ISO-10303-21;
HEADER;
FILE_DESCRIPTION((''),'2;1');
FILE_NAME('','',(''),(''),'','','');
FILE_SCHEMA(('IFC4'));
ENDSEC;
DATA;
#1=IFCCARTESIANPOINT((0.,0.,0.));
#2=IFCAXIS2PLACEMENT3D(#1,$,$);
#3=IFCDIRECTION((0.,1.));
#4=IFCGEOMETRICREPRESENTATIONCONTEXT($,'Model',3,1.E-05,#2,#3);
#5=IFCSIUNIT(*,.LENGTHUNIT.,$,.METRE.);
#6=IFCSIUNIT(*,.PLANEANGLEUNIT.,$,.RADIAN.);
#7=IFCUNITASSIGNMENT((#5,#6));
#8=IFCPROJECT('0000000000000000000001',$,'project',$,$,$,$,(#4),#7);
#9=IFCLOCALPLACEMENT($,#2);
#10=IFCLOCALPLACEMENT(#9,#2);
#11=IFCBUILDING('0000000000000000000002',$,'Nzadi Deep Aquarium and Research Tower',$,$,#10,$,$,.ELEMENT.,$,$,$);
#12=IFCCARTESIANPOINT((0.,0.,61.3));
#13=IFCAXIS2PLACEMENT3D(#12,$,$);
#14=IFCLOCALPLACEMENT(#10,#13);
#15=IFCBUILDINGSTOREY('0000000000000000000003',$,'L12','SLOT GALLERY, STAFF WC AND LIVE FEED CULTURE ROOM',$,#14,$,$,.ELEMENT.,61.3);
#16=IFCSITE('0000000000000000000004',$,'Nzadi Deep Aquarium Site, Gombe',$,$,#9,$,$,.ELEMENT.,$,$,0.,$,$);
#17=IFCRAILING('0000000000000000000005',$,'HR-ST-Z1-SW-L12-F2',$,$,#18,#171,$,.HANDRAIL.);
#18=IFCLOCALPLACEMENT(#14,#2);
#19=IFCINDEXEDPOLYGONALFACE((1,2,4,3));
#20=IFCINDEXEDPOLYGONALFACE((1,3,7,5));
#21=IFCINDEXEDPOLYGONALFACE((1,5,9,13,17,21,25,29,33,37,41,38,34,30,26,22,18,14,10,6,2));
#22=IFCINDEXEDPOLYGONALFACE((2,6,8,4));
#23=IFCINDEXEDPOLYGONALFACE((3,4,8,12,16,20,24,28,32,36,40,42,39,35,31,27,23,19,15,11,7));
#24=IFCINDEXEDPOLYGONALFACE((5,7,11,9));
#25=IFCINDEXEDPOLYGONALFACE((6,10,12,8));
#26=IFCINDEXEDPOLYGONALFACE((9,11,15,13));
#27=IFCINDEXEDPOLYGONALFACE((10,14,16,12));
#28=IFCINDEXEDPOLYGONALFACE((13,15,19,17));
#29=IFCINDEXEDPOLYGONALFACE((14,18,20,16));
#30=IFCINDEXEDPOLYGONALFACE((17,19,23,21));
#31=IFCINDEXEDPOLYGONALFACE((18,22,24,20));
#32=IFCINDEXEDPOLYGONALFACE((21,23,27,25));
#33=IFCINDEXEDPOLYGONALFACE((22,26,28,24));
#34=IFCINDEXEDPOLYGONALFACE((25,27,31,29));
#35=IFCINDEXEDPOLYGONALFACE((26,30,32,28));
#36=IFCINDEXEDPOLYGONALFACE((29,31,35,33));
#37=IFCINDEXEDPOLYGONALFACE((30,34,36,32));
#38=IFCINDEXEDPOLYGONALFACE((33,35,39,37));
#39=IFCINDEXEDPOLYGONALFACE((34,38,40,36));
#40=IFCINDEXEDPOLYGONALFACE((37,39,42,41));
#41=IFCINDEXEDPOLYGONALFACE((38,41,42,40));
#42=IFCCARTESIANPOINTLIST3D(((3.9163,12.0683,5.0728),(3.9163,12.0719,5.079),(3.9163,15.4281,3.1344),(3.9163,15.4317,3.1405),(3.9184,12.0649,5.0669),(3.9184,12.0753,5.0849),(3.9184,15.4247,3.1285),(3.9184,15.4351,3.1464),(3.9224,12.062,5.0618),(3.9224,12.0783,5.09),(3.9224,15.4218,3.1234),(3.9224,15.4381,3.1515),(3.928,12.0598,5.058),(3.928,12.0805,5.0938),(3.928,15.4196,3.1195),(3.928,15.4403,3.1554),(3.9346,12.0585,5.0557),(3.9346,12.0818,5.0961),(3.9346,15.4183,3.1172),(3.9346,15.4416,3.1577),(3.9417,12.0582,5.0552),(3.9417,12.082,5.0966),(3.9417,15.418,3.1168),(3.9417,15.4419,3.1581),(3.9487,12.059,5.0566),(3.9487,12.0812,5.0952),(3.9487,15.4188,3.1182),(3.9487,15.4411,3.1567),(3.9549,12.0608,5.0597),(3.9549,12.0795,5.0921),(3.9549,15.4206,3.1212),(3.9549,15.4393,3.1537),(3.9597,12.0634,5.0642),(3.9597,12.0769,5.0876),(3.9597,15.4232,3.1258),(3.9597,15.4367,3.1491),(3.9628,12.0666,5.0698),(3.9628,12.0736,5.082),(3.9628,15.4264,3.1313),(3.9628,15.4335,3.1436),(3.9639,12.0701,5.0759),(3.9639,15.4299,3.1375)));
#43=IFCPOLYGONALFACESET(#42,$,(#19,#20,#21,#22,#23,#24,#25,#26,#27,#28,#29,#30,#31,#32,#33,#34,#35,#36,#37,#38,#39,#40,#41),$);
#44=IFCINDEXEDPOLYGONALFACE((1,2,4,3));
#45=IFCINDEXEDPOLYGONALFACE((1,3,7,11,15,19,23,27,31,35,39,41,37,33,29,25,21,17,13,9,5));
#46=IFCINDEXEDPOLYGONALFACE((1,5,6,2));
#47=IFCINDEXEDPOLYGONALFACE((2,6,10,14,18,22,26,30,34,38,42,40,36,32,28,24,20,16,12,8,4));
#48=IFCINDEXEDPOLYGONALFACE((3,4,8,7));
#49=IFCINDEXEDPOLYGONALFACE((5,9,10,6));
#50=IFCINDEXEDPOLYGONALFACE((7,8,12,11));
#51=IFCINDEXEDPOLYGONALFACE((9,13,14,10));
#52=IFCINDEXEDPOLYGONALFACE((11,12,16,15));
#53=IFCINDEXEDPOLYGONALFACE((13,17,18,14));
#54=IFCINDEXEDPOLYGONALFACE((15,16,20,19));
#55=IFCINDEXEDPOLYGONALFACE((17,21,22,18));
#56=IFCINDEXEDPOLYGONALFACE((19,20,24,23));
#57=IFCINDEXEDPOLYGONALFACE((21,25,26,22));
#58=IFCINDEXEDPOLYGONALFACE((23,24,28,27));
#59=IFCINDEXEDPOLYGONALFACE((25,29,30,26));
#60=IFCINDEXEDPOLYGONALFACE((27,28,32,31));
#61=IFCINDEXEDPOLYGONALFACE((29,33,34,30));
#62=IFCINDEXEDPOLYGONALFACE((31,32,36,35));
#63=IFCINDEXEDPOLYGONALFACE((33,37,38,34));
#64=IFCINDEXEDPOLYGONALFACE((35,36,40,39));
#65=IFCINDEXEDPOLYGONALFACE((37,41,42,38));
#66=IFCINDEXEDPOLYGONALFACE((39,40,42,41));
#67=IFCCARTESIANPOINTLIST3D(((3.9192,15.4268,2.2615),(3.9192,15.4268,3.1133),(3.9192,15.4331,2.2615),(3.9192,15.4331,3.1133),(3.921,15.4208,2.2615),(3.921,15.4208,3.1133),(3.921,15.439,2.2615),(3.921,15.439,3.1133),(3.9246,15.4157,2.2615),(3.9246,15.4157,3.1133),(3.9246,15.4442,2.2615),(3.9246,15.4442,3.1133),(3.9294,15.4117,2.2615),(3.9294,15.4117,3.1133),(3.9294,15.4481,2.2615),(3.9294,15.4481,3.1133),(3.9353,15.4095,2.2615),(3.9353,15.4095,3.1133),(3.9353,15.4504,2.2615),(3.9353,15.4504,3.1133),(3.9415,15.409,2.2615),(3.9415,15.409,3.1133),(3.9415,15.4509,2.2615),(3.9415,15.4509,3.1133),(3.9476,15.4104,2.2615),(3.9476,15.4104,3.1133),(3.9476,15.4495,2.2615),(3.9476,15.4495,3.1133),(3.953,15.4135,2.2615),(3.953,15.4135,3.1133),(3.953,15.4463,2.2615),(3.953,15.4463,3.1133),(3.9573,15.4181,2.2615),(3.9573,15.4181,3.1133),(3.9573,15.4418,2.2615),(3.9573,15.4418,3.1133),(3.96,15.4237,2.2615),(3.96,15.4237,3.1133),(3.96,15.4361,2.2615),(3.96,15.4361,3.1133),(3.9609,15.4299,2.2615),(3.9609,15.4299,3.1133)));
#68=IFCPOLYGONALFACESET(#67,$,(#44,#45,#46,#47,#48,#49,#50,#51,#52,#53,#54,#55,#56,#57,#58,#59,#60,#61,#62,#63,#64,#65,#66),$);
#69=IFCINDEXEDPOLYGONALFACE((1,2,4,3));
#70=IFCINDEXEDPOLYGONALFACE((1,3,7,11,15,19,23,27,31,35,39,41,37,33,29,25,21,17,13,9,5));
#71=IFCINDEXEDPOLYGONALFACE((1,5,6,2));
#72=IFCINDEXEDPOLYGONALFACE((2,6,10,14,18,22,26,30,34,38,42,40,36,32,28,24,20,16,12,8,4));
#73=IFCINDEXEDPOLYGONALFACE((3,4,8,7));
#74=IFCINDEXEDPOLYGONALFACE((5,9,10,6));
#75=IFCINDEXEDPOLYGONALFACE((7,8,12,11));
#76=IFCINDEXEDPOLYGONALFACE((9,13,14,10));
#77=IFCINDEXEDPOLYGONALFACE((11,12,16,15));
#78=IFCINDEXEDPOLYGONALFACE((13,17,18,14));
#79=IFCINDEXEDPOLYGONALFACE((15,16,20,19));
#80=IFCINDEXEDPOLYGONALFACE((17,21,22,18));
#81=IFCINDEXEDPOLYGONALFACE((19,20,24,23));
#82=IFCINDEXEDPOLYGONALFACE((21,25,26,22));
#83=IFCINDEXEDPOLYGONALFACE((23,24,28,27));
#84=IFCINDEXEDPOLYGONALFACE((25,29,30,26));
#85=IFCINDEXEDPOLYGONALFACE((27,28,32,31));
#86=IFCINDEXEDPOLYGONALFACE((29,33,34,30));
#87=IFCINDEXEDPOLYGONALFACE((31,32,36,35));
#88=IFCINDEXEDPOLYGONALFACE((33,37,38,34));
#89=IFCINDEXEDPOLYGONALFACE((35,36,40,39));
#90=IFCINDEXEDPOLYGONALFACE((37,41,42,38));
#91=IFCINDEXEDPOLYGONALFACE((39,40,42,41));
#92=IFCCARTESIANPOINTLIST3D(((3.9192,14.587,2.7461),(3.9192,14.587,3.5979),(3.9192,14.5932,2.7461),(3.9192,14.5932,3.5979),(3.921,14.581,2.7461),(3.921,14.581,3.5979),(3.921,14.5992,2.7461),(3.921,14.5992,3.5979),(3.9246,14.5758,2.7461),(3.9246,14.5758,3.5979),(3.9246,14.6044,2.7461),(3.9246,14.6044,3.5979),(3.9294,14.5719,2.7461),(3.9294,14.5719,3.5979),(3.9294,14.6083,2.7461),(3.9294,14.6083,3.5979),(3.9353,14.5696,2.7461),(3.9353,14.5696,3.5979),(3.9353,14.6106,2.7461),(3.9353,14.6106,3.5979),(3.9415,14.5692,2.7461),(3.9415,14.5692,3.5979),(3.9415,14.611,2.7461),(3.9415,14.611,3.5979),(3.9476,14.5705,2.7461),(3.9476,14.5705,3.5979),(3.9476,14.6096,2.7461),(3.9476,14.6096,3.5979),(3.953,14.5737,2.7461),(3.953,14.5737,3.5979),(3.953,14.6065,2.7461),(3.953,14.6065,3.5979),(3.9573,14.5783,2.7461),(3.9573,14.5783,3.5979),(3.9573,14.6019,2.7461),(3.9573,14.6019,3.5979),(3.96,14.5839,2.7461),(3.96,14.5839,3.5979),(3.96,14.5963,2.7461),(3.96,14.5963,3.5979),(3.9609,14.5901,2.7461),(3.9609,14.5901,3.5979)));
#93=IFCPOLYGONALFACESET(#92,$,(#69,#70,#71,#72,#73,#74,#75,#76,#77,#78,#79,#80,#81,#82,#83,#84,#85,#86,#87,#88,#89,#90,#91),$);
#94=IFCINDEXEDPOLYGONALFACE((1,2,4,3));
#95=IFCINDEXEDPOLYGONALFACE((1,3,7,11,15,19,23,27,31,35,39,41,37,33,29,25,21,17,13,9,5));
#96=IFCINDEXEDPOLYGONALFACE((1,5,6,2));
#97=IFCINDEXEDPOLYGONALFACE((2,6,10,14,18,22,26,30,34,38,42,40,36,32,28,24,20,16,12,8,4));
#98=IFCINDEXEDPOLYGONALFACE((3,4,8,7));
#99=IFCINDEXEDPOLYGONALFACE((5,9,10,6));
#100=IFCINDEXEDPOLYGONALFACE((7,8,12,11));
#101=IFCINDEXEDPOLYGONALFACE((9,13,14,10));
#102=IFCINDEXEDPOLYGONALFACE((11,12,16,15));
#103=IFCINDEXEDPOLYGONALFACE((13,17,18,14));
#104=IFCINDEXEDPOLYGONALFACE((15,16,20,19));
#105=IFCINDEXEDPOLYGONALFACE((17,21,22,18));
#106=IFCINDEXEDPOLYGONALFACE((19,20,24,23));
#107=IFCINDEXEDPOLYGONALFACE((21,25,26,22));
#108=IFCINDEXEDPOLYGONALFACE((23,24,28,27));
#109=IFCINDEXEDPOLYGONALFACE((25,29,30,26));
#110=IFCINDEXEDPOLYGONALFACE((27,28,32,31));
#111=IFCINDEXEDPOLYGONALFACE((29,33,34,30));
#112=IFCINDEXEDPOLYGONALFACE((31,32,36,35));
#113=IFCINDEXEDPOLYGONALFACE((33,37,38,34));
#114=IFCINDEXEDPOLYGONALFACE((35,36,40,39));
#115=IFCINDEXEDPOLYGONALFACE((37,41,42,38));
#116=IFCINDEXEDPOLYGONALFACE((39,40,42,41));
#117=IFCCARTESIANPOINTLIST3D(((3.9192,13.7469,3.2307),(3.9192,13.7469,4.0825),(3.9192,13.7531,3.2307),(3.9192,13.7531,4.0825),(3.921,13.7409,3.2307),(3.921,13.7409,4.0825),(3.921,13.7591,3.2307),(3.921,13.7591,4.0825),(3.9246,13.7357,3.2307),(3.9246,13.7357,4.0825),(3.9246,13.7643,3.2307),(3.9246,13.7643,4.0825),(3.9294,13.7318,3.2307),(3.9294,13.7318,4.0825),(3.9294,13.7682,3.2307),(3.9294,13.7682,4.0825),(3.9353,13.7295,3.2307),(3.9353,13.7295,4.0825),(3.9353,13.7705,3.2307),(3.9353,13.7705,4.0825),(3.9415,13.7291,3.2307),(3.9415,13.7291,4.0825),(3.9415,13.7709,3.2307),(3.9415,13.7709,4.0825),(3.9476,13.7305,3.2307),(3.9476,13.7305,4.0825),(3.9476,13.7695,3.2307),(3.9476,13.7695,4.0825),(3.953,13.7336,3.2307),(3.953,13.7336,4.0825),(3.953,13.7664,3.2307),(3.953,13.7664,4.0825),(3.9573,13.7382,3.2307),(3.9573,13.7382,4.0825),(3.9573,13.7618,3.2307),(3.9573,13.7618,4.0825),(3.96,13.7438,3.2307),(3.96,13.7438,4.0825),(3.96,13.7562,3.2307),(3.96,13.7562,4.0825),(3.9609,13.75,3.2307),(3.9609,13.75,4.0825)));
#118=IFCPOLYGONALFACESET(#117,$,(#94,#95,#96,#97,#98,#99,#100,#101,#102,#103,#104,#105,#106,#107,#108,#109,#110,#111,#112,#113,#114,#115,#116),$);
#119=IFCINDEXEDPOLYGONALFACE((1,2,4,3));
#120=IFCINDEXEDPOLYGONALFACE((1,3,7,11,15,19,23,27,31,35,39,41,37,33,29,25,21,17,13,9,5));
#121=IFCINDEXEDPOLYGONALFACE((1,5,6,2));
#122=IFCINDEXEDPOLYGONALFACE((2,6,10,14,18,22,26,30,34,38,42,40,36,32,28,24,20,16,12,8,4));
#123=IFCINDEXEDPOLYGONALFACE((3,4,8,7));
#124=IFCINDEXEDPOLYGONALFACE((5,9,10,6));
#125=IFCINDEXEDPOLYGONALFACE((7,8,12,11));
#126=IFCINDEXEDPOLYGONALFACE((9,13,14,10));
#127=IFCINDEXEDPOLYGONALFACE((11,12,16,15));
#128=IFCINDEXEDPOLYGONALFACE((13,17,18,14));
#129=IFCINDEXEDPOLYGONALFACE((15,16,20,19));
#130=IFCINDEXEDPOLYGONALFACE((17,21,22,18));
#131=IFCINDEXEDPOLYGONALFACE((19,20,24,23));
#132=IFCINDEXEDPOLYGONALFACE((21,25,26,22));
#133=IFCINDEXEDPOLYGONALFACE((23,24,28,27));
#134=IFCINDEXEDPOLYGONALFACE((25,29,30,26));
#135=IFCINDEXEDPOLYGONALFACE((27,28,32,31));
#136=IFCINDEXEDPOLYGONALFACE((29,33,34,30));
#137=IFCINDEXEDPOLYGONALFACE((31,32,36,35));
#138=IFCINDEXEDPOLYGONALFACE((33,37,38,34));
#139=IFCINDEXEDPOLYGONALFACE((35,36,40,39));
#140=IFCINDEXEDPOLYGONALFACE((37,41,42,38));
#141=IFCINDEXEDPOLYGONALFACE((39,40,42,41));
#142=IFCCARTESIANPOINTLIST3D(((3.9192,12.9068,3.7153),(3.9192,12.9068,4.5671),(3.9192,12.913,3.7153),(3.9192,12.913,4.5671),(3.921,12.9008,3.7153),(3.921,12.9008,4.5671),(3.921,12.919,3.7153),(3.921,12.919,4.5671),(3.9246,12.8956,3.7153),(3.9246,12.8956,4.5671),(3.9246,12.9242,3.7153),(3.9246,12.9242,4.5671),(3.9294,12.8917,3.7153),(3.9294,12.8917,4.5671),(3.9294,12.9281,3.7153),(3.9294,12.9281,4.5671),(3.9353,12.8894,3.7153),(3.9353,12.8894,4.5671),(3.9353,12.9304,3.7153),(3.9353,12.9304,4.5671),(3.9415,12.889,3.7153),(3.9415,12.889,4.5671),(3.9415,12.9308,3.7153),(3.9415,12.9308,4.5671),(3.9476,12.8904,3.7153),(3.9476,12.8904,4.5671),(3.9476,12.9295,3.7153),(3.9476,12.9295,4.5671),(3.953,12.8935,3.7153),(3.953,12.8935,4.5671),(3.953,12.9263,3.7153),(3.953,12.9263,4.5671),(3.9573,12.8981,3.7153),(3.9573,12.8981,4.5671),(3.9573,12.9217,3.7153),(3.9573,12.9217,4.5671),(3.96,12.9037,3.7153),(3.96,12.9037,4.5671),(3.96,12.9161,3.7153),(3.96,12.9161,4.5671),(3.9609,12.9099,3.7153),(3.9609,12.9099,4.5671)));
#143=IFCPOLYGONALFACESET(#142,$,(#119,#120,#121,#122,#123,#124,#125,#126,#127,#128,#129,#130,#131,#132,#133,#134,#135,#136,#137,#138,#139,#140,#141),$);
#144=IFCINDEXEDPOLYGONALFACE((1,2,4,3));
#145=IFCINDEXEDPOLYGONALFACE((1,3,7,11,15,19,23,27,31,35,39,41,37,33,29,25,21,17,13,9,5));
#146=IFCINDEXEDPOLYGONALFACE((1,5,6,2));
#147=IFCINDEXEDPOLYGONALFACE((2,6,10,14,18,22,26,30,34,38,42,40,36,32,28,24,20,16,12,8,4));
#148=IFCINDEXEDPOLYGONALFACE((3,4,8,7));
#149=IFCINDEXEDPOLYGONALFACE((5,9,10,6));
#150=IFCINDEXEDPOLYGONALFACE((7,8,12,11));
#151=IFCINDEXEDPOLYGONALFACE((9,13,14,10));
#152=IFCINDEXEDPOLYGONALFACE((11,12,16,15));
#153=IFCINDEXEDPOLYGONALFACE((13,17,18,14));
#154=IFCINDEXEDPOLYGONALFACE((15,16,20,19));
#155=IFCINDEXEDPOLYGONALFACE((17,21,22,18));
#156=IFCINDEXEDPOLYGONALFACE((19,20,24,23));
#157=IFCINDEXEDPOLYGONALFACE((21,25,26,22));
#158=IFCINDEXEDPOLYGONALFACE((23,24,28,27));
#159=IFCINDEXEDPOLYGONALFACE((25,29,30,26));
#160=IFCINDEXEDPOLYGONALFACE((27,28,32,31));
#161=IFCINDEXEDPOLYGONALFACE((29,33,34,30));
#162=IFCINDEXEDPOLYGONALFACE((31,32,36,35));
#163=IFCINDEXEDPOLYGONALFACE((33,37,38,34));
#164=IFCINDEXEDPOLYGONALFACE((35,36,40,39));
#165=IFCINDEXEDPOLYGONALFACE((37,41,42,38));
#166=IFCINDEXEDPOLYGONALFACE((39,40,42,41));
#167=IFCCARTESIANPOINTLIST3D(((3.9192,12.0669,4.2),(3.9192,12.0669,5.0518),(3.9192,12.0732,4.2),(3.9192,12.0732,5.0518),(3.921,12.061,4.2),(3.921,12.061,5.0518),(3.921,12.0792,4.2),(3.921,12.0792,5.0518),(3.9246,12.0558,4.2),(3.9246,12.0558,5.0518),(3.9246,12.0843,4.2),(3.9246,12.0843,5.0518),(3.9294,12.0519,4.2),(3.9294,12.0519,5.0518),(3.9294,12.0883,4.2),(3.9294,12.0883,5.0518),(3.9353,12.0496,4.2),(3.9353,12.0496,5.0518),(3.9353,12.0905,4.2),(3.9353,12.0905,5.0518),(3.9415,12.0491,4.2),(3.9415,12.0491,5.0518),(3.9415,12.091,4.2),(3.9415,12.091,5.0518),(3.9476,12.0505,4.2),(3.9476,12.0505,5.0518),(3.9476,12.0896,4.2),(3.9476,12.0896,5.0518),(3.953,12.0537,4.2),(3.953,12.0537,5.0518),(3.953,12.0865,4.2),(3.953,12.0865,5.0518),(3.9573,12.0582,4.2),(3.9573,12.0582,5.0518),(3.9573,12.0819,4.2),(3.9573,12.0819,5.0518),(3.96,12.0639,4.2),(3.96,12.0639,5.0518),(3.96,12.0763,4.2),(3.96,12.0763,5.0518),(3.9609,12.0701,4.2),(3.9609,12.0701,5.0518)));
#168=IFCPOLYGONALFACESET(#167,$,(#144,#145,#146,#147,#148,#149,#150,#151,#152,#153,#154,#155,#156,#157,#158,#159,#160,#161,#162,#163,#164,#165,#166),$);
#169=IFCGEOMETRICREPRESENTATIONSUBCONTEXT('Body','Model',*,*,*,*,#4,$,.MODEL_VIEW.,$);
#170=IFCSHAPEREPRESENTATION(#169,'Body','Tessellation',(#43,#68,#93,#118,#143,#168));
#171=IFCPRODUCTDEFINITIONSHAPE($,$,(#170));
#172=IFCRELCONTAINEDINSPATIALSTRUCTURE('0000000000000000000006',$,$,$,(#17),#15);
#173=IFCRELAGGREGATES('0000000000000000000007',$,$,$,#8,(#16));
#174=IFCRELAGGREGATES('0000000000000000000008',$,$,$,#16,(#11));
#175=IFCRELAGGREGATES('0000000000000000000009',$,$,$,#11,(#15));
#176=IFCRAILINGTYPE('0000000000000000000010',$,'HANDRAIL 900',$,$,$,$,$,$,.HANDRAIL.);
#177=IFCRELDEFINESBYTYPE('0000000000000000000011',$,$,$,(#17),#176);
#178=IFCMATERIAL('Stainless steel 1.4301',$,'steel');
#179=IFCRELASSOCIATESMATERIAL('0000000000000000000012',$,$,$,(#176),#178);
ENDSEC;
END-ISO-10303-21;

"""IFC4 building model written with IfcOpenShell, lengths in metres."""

from ifc_helpers import new_model, si_unit, direction, frame, origin, origin_2d, place, context, subcontext, project, spatial, circle, extrude, material, type_object, element, save


model = new_model("IFC4")

# Units and contexts
model_context = context("Model", 3, precision=1e-05, world=origin(), true_north=direction((0.0, 1.0)))
body_context = subcontext(model_context, "Body", "Model", "MODEL_VIEW")
ifc_project = project(units=[si_unit("LENGTHUNIT", "METRE"), si_unit("PLANEANGLEUNIT", "RADIAN")], contexts=[model_context])

# Site, building, storey
site_placement = place(None, origin())
site = spatial("IfcSite", under=ifc_project, at=site_placement, Name="Nzadi Deep Aquarium Site, Gombe", CompositionType="ELEMENT", RefElevation=0.0)
building_placement = place(site_placement, origin())
building = spatial("IfcBuilding", under=site, at=building_placement, Name="Nzadi Deep Aquarium and Research Tower", CompositionType="ELEMENT")
storey_placement = place(building_placement, frame((0.0, 0.0, 61.3)))
storey = spatial("IfcBuildingStorey", under=building, at=storey_placement, Name="L12", Description="SLOT GALLERY, STAFF WC AND LIVE FEED CULTURE ROOM", CompositionType="ELEMENT", Elevation=61.3)

# Railing
ifc_material_1 = material(Name="Stainless steel 1.4301", Category="steel")
railing_type = type_object("IfcRailingType", Name="HANDRAIL 900", PredefinedType="HANDRAIL", material=ifc_material_1)
for number, where, name in (
    (1, (3.9399, 15.4299, 2.2615), "HR-ST-Z1-SW-L12-F2"),
):
    element("IfcRailing", number, at=place(storey_placement, frame(where)), inside=storey, type_object=railing_type, Name=name, PredefinedType="HANDRAIL", context=body_context, shape_type="SweptSolid", body=[
        extrude(circle(Radius=0.0239, at=origin_2d()), frame((0.0, 0.0, 0.876), z_axis=(0.0, -0.866175, 0.499741), x_axis=(1.0, 0.0, 0.0)), (0.0, 0.0, 1.0), 3.8789),
        extrude(circle(Radius=0.021, at=origin_2d()), origin(), (0.0, 0.0, 1.0), 0.8518),
        extrude(circle(Radius=0.021, at=origin_2d()), frame((0.0, -0.8398, 0.4846)), (0.0, 0.0, 1.0), 0.8518),
        extrude(circle(Radius=0.021, at=origin_2d()), frame((0.0, -1.6799, 0.9692)), (0.0, 0.0, 1.0), 0.8518),
        extrude(circle(Radius=0.021, at=origin_2d()), frame((0.0, -2.52, 1.4539)), (0.0, 0.0, 1.0), 0.8518),
        extrude(circle(Radius=0.021, at=origin_2d()), frame((0.0, -3.3599, 1.9385)), (0.0, 0.0, 1.0), 0.8518),
    ])

save(model, "model.ifc")
